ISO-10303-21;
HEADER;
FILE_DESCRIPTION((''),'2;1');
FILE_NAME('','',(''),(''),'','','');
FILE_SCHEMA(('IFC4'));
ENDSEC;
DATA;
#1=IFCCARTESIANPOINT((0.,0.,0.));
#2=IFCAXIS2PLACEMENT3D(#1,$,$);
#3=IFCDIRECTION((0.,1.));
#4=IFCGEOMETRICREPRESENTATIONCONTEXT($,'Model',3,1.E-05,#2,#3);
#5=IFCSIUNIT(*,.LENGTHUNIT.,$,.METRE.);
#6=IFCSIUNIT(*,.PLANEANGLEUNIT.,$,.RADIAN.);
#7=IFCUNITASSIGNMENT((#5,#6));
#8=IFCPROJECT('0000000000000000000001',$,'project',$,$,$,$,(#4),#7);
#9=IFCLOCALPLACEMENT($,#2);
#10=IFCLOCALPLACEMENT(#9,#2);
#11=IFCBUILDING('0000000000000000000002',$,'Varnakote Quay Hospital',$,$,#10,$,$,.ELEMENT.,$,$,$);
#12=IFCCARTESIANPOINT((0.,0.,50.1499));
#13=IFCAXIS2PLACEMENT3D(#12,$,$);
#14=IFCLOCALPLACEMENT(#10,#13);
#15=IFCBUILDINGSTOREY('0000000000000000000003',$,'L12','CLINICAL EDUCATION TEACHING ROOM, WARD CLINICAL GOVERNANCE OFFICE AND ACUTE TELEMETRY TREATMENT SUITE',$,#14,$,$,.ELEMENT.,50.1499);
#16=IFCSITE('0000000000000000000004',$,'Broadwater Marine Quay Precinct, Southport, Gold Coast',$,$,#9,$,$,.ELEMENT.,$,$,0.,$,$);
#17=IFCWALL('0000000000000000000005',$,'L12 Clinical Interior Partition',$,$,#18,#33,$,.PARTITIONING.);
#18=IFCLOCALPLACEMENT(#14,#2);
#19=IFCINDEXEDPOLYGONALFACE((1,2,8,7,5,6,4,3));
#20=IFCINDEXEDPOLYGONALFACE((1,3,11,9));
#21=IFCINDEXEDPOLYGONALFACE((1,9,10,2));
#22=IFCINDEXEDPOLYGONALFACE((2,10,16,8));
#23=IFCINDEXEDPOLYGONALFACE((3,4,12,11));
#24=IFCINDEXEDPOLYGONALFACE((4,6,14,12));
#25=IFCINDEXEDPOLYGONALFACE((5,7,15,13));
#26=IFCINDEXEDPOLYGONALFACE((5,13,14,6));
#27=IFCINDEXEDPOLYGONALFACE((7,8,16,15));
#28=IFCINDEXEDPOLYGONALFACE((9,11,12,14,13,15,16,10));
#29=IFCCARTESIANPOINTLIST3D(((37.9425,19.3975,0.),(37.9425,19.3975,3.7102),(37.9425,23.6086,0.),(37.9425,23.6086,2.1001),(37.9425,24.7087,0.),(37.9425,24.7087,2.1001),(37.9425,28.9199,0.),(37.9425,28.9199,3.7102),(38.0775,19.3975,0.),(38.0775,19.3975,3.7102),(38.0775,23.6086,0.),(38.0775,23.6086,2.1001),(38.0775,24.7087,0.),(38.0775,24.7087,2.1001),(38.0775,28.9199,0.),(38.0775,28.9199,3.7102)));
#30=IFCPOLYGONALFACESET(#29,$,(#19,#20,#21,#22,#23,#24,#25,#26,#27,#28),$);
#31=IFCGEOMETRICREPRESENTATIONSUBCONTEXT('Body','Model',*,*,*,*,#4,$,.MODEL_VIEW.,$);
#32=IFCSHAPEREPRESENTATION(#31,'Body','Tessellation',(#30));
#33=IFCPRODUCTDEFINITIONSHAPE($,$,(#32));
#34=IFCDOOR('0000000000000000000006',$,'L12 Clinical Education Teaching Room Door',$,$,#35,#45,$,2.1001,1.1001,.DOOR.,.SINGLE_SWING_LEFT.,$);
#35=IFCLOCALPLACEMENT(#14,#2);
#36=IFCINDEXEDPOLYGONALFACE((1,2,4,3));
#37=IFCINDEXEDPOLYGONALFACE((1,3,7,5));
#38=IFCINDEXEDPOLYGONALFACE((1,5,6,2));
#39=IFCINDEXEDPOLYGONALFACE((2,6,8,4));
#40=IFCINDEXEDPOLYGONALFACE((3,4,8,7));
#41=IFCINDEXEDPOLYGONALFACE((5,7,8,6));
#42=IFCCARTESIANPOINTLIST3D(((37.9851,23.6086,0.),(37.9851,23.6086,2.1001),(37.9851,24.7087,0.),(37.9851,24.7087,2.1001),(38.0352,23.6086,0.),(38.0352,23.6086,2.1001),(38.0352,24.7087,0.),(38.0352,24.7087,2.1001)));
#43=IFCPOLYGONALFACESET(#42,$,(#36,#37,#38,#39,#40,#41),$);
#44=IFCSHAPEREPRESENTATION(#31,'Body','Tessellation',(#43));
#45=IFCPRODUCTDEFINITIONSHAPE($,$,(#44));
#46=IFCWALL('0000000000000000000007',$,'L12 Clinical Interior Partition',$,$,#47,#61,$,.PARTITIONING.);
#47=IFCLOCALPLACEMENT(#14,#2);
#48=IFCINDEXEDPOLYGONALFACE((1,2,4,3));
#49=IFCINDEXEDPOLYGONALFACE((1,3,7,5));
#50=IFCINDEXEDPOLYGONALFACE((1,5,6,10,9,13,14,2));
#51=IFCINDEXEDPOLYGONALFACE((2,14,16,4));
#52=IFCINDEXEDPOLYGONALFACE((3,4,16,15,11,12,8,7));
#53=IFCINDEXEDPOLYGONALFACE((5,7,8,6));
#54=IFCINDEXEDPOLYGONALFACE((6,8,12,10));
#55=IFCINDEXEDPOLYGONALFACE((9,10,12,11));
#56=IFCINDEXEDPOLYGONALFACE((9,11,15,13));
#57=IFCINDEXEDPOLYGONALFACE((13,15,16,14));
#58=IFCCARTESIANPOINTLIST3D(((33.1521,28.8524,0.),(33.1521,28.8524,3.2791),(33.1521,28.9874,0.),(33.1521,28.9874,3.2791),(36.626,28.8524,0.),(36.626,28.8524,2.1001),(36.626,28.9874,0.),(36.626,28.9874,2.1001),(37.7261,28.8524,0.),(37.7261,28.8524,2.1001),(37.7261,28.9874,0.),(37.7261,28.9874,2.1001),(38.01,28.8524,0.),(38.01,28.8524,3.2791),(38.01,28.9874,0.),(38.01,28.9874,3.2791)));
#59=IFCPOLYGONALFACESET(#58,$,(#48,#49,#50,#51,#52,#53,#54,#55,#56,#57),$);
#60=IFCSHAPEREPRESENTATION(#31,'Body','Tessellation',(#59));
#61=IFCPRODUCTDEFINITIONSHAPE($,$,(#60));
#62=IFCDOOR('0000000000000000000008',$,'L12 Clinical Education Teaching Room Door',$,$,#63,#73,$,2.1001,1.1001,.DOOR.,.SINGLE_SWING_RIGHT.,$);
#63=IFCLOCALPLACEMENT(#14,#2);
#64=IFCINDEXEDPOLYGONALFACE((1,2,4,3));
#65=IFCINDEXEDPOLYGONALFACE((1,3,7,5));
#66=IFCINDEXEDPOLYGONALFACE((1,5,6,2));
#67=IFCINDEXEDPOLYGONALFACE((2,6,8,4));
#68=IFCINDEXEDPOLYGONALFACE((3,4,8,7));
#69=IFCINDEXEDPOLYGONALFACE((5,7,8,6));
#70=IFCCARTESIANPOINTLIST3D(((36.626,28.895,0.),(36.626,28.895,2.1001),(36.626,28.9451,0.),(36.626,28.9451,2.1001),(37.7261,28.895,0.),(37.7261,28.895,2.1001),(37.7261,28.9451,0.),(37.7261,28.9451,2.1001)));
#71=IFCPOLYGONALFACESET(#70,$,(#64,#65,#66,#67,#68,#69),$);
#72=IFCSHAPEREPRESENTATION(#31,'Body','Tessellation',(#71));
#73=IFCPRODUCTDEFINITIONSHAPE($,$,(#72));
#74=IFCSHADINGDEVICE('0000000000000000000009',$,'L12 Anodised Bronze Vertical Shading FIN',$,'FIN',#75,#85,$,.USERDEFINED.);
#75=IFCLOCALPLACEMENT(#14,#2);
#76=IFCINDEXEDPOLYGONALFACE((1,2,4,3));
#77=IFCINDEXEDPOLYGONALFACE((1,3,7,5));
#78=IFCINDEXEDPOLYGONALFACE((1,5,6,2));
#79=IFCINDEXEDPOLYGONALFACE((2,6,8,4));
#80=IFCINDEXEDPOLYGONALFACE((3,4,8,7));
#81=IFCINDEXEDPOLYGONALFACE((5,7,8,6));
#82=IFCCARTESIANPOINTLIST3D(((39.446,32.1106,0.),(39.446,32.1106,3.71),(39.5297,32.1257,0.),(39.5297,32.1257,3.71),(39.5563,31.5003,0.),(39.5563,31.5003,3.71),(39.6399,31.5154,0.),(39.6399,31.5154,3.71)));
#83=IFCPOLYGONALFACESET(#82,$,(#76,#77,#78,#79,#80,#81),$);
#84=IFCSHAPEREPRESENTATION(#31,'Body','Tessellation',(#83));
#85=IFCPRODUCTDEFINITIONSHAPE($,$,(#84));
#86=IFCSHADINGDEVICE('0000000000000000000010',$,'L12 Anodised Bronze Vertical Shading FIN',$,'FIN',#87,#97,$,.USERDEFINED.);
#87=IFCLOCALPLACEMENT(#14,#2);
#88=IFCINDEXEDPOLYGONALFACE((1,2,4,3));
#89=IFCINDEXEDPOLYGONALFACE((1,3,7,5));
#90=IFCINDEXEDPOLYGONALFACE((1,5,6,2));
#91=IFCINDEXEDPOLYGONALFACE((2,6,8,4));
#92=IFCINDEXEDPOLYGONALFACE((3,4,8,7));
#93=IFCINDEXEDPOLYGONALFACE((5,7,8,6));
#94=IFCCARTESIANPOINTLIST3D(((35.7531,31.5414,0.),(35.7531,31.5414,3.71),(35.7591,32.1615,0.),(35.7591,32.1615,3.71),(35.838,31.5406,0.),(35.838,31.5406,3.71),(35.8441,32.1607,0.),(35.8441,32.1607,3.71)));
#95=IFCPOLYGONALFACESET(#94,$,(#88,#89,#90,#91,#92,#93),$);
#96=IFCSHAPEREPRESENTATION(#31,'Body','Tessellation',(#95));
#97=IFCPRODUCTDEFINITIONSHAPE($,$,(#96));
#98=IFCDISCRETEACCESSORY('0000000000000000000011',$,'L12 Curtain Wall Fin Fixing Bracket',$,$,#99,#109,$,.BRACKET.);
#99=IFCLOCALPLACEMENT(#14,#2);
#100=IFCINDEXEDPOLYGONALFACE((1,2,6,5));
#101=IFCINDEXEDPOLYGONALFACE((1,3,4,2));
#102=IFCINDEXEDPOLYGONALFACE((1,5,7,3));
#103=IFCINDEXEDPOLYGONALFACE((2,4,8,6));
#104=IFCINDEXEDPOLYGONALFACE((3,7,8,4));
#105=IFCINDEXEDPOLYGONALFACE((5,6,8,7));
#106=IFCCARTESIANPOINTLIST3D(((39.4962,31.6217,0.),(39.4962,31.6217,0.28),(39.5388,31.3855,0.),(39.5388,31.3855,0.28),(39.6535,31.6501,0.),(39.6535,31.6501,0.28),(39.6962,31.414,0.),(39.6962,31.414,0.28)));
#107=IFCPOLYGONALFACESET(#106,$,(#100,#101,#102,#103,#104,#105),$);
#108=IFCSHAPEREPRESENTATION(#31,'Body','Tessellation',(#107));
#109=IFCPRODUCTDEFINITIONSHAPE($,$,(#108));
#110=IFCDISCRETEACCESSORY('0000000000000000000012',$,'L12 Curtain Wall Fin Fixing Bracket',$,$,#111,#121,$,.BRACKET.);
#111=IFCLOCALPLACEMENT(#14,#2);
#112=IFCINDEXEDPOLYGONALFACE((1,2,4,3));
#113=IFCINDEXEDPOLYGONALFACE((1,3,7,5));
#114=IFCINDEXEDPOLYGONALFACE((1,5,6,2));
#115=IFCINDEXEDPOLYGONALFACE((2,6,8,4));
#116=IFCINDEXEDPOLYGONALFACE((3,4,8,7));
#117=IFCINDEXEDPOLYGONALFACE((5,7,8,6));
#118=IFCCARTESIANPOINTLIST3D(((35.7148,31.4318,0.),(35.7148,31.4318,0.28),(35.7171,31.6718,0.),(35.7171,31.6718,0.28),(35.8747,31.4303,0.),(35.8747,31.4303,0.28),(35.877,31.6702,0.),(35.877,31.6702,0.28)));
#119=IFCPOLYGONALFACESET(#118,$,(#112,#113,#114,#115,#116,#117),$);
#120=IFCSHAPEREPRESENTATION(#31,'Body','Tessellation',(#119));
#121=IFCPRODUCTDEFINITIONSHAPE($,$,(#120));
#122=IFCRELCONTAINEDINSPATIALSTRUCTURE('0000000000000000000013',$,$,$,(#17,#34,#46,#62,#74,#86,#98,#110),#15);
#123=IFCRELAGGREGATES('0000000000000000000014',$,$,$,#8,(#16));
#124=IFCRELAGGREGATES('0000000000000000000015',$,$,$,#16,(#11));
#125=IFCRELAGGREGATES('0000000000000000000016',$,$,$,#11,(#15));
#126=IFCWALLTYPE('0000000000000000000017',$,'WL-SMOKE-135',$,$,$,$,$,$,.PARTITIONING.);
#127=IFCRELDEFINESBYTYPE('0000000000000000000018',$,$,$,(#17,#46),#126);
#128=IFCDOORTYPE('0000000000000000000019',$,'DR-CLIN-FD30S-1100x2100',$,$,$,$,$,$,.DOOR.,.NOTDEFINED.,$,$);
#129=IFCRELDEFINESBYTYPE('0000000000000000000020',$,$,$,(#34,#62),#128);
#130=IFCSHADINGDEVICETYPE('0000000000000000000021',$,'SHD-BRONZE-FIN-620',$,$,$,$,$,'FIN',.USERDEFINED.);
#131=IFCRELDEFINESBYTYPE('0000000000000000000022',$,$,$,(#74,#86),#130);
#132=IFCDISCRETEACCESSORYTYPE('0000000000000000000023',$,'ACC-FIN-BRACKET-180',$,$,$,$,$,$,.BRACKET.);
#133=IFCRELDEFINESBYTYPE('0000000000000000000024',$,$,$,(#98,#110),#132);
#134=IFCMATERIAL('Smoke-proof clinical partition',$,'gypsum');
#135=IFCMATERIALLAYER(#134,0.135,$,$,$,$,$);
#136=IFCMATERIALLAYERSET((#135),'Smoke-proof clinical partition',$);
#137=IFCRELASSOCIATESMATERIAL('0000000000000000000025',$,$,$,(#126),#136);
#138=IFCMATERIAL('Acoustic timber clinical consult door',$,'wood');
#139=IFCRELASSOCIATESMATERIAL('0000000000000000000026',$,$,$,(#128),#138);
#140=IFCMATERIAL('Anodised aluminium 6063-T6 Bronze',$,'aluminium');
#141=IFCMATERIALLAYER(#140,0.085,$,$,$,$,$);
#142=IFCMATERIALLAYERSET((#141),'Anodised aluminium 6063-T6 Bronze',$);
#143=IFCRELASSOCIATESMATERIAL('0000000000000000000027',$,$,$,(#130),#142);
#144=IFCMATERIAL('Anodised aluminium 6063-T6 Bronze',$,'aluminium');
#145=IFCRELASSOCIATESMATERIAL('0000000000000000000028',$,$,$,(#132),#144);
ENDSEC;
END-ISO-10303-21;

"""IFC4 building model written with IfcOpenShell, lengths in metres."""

from ifc_helpers import new_model, si_unit, direction, frame, frame_2d, origin, origin_2d, place, context, subcontext, project, spatial, rectangle, extrude, material, layer, layer_set, type_object, element, fill, save


model = new_model("IFC4")

# Units and contexts
model_context = context("Model", 3, precision=1e-05, world=origin(), true_north=direction((0.0, 1.0)))
body_context = subcontext(model_context, "Body", "Model", "MODEL_VIEW")
ifc_project = project(units=[si_unit("LENGTHUNIT", "METRE"), si_unit("PLANEANGLEUNIT", "RADIAN")], contexts=[model_context])

# Site, building, storey
site_placement = place(None, origin())
site = spatial("IfcSite", under=ifc_project, at=site_placement, Name="Broadwater Marine Quay Precinct, Southport, Gold Coast", CompositionType="ELEMENT", RefElevation=0.0)
building_placement = place(site_placement, origin())
building = spatial("IfcBuilding", under=site, at=building_placement, Name="Varnakote Quay Hospital", CompositionType="ELEMENT")
storey_placement = place(building_placement, frame((0.0, 0.0, 50.1499)))
storey = spatial("IfcBuildingStorey", under=building, at=storey_placement, Name="L12", Description="CLINICAL EDUCATION TEACHING ROOM, WARD CLINICAL GOVERNANCE OFFICE AND ACUTE TELEMETRY TREATMENT SUITE", CompositionType="ELEMENT", Elevation=50.1499)

# Shared definitions
ifc_material_1 = material(Name="Smoke-proof clinical partition", Category="gypsum")
ifc_layer_1 = layer(ifc_material_1, 0.135)
ifc_layer_set_1 = layer_set([ifc_layer_1], Name="Smoke-proof clinical partition")
wall_type = type_object("IfcWallType", Name="WL-SMOKE-135", PredefinedType="PARTITIONING", material=ifc_layer_set_1)

# Walls, openings, doors
wall_1_placement = place(storey_placement, frame((38.01, 19.3975, 0.0), z_axis=(0.0, 0.0, 1.0), x_axis=(0.0, 1.0, 0.0)))
wall_1 = element("IfcWall", 1, at=wall_1_placement, inside=storey, type_object=wall_type, Name="L12 Clinical Interior Partition", PredefinedType="PARTITIONING", context=body_context, shape_type="SweptSolid", body=[
    extrude(rectangle(XDim=9.5225, YDim=0.135, at=frame_2d((4.7612, 0.0))), origin(), (0.0, 0.0, 1.0), 3.7102),
])
opening_1_placement = place(wall_1_placement, frame((4.2112, 0.0, 0.0)))
opening_1 = element("IfcOpeningElement", 2, at=opening_1_placement, cuts=wall_1, PredefinedType="OPENING", context=body_context, shape_type="SweptSolid", body=[
    extrude(rectangle(XDim=1.1001, YDim=2.1001, at=frame_2d((0.55, 1.05))), frame((0.0, 0.0774, 0.0), z_axis=(0.0, -1.0, 0.0), x_axis=(1.0, 0.0, 0.0)), (0.0, 0.0, 1.0), 0.155),
])
ifc_material_2 = material(Name="Acoustic timber clinical consult door", Category="wood")
door_type = type_object("IfcDoorType", Name="DR-CLIN-FD30S-1100x2100", OperationType="NOTDEFINED", PredefinedType="DOOR", material=ifc_material_2)
door_1_placement = place(opening_1_placement, origin())
door_1 = element("IfcDoor", 3, at=door_1_placement, inside=storey, type_object=door_type, Name="L12 Clinical Education Teaching Room Door", OperationType="SINGLE_SWING_LEFT", OverallHeight=2.1001, OverallWidth=1.1001, PredefinedType="DOOR", context=body_context, shape_type="SweptSolid", body=[
    extrude(rectangle(XDim=1.1001, YDim=2.1001, at=frame_2d((0.55, 1.05))), frame((0.0, 0.0249, 0.0), z_axis=(0.0, -1.0, 0.0), x_axis=(1.0, 0.0, 0.0)), (0.0, 0.0, 1.0), 0.05),
])
fill(opening_1, door_1)
wall_2_placement = place(storey_placement, frame((38.01, 28.9199, 0.0), z_axis=(0.0, 0.0, 1.0), x_axis=(-1.0, 0.0, 0.0)))
wall_2 = element("IfcWall", 4, at=wall_2_placement, inside=storey, type_object=wall_type, Name="L12 Clinical Interior Partition", PredefinedType="PARTITIONING", context=body_context, shape_type="SweptSolid", body=[
    extrude(rectangle(XDim=4.8579, YDim=0.135, at=frame_2d((2.429, 0.0))), origin(), (0.0, 0.0, 1.0), 3.2791),
])
opening_2_placement = place(wall_2_placement, frame((0.2839, 0.0, 0.0)))
opening_2 = element("IfcOpeningElement", 5, at=opening_2_placement, cuts=wall_2, PredefinedType="OPENING", context=body_context, shape_type="SweptSolid", body=[
    extrude(rectangle(XDim=1.1001, YDim=2.1001, at=frame_2d((0.55, 1.05))), frame((0.0, 0.0774, 0.0), z_axis=(0.0, -1.0, 0.0), x_axis=(1.0, 0.0, 0.0)), (0.0, 0.0, 1.0), 0.155),
])
door_2_placement = place(opening_2_placement, origin())
door_2 = element("IfcDoor", 6, at=door_2_placement, inside=storey, type_object=door_type, Name="L12 Clinical Education Teaching Room Door", OperationType="SINGLE_SWING_RIGHT", OverallHeight=2.1001, OverallWidth=1.1001, PredefinedType="DOOR", context=body_context, shape_type="SweptSolid", body=[
    extrude(rectangle(XDim=1.1001, YDim=2.1001, at=frame_2d((0.55, 1.05))), frame((0.0, 0.0249, 0.0), z_axis=(0.0, -1.0, 0.0), x_axis=(1.0, 0.0, 0.0)), (0.0, 0.0, 1.0), 0.05),
])
fill(opening_2, door_2)

# Shading devices
ifc_material_3 = material(Name="Anodised aluminium 6063-T6 Bronze", Category="aluminium")
ifc_layer_2 = layer(ifc_material_3, 0.085)
ifc_layer_set_2 = layer_set([ifc_layer_2], Name="Anodised aluminium 6063-T6 Bronze")
shading_device_type = type_object("IfcShadingDeviceType", Name="SHD-BRONZE-FIN-620", ElementType="FIN", PredefinedType="USERDEFINED", material=ifc_layer_set_2)
for number, where, z_axis, x_axis, name in (
    (7, (39.543, 31.813, 0.0), (0.0, 0.0, 1.0), (0.177772, -0.984072, 0.0), "L12 Anodised Bronze Vertical Shading FIN"),
    (8, (35.7986, 31.8511, 0.0), (0.0, 0.0, 1.0), (-0.009774, -0.999952, 0.0), "L12 Anodised Bronze Vertical Shading FIN"),
):
    element("IfcShadingDevice", number, at=place(storey_placement, frame(where, z_axis=z_axis, x_axis=x_axis)), inside=storey, type_object=shading_device_type, Name=name, ObjectType="FIN", PredefinedType="USERDEFINED", context=body_context, shape_type="SweptSolid", body=[
        extrude(rectangle(XDim=0.6201, YDim=0.085, at=origin_2d()), origin(), (0.0, 0.0, 1.0), 3.71),
    ])

# Discrete accessories
ifc_material_4 = material(Name="Anodised aluminium 6063-T6 Bronze", Category="aluminium")
discrete_accessory_type = type_object("IfcDiscreteAccessoryType", Name="ACC-FIN-BRACKET-180", PredefinedType="BRACKET", material=ifc_material_4)
for number, where, z_axis, x_axis, name in (
    (9, (39.5962, 31.5178, 0.0), (0.0, 0.0, 1.0), (-0.984072, -0.177772, 0.0), "L12 Curtain Wall Fin Fixing Bracket"),
    (10, (35.7959, 31.551, 0.0), (0.0, 0.0, 1.0), (-0.999952, 0.009774, 0.0), "L12 Curtain Wall Fin Fixing Bracket"),
):
    element("IfcDiscreteAccessory", number, at=place(storey_placement, frame(where, z_axis=z_axis, x_axis=x_axis)), inside=storey, type_object=discrete_accessory_type, Name=name, PredefinedType="BRACKET", context=body_context, shape_type="SweptSolid", body=[
        extrude(rectangle(XDim=0.1599, YDim=0.24, at=origin_2d()), origin(), (0.0, 0.0, 1.0), 0.28),
    ])

save(model, "model.ifc")
